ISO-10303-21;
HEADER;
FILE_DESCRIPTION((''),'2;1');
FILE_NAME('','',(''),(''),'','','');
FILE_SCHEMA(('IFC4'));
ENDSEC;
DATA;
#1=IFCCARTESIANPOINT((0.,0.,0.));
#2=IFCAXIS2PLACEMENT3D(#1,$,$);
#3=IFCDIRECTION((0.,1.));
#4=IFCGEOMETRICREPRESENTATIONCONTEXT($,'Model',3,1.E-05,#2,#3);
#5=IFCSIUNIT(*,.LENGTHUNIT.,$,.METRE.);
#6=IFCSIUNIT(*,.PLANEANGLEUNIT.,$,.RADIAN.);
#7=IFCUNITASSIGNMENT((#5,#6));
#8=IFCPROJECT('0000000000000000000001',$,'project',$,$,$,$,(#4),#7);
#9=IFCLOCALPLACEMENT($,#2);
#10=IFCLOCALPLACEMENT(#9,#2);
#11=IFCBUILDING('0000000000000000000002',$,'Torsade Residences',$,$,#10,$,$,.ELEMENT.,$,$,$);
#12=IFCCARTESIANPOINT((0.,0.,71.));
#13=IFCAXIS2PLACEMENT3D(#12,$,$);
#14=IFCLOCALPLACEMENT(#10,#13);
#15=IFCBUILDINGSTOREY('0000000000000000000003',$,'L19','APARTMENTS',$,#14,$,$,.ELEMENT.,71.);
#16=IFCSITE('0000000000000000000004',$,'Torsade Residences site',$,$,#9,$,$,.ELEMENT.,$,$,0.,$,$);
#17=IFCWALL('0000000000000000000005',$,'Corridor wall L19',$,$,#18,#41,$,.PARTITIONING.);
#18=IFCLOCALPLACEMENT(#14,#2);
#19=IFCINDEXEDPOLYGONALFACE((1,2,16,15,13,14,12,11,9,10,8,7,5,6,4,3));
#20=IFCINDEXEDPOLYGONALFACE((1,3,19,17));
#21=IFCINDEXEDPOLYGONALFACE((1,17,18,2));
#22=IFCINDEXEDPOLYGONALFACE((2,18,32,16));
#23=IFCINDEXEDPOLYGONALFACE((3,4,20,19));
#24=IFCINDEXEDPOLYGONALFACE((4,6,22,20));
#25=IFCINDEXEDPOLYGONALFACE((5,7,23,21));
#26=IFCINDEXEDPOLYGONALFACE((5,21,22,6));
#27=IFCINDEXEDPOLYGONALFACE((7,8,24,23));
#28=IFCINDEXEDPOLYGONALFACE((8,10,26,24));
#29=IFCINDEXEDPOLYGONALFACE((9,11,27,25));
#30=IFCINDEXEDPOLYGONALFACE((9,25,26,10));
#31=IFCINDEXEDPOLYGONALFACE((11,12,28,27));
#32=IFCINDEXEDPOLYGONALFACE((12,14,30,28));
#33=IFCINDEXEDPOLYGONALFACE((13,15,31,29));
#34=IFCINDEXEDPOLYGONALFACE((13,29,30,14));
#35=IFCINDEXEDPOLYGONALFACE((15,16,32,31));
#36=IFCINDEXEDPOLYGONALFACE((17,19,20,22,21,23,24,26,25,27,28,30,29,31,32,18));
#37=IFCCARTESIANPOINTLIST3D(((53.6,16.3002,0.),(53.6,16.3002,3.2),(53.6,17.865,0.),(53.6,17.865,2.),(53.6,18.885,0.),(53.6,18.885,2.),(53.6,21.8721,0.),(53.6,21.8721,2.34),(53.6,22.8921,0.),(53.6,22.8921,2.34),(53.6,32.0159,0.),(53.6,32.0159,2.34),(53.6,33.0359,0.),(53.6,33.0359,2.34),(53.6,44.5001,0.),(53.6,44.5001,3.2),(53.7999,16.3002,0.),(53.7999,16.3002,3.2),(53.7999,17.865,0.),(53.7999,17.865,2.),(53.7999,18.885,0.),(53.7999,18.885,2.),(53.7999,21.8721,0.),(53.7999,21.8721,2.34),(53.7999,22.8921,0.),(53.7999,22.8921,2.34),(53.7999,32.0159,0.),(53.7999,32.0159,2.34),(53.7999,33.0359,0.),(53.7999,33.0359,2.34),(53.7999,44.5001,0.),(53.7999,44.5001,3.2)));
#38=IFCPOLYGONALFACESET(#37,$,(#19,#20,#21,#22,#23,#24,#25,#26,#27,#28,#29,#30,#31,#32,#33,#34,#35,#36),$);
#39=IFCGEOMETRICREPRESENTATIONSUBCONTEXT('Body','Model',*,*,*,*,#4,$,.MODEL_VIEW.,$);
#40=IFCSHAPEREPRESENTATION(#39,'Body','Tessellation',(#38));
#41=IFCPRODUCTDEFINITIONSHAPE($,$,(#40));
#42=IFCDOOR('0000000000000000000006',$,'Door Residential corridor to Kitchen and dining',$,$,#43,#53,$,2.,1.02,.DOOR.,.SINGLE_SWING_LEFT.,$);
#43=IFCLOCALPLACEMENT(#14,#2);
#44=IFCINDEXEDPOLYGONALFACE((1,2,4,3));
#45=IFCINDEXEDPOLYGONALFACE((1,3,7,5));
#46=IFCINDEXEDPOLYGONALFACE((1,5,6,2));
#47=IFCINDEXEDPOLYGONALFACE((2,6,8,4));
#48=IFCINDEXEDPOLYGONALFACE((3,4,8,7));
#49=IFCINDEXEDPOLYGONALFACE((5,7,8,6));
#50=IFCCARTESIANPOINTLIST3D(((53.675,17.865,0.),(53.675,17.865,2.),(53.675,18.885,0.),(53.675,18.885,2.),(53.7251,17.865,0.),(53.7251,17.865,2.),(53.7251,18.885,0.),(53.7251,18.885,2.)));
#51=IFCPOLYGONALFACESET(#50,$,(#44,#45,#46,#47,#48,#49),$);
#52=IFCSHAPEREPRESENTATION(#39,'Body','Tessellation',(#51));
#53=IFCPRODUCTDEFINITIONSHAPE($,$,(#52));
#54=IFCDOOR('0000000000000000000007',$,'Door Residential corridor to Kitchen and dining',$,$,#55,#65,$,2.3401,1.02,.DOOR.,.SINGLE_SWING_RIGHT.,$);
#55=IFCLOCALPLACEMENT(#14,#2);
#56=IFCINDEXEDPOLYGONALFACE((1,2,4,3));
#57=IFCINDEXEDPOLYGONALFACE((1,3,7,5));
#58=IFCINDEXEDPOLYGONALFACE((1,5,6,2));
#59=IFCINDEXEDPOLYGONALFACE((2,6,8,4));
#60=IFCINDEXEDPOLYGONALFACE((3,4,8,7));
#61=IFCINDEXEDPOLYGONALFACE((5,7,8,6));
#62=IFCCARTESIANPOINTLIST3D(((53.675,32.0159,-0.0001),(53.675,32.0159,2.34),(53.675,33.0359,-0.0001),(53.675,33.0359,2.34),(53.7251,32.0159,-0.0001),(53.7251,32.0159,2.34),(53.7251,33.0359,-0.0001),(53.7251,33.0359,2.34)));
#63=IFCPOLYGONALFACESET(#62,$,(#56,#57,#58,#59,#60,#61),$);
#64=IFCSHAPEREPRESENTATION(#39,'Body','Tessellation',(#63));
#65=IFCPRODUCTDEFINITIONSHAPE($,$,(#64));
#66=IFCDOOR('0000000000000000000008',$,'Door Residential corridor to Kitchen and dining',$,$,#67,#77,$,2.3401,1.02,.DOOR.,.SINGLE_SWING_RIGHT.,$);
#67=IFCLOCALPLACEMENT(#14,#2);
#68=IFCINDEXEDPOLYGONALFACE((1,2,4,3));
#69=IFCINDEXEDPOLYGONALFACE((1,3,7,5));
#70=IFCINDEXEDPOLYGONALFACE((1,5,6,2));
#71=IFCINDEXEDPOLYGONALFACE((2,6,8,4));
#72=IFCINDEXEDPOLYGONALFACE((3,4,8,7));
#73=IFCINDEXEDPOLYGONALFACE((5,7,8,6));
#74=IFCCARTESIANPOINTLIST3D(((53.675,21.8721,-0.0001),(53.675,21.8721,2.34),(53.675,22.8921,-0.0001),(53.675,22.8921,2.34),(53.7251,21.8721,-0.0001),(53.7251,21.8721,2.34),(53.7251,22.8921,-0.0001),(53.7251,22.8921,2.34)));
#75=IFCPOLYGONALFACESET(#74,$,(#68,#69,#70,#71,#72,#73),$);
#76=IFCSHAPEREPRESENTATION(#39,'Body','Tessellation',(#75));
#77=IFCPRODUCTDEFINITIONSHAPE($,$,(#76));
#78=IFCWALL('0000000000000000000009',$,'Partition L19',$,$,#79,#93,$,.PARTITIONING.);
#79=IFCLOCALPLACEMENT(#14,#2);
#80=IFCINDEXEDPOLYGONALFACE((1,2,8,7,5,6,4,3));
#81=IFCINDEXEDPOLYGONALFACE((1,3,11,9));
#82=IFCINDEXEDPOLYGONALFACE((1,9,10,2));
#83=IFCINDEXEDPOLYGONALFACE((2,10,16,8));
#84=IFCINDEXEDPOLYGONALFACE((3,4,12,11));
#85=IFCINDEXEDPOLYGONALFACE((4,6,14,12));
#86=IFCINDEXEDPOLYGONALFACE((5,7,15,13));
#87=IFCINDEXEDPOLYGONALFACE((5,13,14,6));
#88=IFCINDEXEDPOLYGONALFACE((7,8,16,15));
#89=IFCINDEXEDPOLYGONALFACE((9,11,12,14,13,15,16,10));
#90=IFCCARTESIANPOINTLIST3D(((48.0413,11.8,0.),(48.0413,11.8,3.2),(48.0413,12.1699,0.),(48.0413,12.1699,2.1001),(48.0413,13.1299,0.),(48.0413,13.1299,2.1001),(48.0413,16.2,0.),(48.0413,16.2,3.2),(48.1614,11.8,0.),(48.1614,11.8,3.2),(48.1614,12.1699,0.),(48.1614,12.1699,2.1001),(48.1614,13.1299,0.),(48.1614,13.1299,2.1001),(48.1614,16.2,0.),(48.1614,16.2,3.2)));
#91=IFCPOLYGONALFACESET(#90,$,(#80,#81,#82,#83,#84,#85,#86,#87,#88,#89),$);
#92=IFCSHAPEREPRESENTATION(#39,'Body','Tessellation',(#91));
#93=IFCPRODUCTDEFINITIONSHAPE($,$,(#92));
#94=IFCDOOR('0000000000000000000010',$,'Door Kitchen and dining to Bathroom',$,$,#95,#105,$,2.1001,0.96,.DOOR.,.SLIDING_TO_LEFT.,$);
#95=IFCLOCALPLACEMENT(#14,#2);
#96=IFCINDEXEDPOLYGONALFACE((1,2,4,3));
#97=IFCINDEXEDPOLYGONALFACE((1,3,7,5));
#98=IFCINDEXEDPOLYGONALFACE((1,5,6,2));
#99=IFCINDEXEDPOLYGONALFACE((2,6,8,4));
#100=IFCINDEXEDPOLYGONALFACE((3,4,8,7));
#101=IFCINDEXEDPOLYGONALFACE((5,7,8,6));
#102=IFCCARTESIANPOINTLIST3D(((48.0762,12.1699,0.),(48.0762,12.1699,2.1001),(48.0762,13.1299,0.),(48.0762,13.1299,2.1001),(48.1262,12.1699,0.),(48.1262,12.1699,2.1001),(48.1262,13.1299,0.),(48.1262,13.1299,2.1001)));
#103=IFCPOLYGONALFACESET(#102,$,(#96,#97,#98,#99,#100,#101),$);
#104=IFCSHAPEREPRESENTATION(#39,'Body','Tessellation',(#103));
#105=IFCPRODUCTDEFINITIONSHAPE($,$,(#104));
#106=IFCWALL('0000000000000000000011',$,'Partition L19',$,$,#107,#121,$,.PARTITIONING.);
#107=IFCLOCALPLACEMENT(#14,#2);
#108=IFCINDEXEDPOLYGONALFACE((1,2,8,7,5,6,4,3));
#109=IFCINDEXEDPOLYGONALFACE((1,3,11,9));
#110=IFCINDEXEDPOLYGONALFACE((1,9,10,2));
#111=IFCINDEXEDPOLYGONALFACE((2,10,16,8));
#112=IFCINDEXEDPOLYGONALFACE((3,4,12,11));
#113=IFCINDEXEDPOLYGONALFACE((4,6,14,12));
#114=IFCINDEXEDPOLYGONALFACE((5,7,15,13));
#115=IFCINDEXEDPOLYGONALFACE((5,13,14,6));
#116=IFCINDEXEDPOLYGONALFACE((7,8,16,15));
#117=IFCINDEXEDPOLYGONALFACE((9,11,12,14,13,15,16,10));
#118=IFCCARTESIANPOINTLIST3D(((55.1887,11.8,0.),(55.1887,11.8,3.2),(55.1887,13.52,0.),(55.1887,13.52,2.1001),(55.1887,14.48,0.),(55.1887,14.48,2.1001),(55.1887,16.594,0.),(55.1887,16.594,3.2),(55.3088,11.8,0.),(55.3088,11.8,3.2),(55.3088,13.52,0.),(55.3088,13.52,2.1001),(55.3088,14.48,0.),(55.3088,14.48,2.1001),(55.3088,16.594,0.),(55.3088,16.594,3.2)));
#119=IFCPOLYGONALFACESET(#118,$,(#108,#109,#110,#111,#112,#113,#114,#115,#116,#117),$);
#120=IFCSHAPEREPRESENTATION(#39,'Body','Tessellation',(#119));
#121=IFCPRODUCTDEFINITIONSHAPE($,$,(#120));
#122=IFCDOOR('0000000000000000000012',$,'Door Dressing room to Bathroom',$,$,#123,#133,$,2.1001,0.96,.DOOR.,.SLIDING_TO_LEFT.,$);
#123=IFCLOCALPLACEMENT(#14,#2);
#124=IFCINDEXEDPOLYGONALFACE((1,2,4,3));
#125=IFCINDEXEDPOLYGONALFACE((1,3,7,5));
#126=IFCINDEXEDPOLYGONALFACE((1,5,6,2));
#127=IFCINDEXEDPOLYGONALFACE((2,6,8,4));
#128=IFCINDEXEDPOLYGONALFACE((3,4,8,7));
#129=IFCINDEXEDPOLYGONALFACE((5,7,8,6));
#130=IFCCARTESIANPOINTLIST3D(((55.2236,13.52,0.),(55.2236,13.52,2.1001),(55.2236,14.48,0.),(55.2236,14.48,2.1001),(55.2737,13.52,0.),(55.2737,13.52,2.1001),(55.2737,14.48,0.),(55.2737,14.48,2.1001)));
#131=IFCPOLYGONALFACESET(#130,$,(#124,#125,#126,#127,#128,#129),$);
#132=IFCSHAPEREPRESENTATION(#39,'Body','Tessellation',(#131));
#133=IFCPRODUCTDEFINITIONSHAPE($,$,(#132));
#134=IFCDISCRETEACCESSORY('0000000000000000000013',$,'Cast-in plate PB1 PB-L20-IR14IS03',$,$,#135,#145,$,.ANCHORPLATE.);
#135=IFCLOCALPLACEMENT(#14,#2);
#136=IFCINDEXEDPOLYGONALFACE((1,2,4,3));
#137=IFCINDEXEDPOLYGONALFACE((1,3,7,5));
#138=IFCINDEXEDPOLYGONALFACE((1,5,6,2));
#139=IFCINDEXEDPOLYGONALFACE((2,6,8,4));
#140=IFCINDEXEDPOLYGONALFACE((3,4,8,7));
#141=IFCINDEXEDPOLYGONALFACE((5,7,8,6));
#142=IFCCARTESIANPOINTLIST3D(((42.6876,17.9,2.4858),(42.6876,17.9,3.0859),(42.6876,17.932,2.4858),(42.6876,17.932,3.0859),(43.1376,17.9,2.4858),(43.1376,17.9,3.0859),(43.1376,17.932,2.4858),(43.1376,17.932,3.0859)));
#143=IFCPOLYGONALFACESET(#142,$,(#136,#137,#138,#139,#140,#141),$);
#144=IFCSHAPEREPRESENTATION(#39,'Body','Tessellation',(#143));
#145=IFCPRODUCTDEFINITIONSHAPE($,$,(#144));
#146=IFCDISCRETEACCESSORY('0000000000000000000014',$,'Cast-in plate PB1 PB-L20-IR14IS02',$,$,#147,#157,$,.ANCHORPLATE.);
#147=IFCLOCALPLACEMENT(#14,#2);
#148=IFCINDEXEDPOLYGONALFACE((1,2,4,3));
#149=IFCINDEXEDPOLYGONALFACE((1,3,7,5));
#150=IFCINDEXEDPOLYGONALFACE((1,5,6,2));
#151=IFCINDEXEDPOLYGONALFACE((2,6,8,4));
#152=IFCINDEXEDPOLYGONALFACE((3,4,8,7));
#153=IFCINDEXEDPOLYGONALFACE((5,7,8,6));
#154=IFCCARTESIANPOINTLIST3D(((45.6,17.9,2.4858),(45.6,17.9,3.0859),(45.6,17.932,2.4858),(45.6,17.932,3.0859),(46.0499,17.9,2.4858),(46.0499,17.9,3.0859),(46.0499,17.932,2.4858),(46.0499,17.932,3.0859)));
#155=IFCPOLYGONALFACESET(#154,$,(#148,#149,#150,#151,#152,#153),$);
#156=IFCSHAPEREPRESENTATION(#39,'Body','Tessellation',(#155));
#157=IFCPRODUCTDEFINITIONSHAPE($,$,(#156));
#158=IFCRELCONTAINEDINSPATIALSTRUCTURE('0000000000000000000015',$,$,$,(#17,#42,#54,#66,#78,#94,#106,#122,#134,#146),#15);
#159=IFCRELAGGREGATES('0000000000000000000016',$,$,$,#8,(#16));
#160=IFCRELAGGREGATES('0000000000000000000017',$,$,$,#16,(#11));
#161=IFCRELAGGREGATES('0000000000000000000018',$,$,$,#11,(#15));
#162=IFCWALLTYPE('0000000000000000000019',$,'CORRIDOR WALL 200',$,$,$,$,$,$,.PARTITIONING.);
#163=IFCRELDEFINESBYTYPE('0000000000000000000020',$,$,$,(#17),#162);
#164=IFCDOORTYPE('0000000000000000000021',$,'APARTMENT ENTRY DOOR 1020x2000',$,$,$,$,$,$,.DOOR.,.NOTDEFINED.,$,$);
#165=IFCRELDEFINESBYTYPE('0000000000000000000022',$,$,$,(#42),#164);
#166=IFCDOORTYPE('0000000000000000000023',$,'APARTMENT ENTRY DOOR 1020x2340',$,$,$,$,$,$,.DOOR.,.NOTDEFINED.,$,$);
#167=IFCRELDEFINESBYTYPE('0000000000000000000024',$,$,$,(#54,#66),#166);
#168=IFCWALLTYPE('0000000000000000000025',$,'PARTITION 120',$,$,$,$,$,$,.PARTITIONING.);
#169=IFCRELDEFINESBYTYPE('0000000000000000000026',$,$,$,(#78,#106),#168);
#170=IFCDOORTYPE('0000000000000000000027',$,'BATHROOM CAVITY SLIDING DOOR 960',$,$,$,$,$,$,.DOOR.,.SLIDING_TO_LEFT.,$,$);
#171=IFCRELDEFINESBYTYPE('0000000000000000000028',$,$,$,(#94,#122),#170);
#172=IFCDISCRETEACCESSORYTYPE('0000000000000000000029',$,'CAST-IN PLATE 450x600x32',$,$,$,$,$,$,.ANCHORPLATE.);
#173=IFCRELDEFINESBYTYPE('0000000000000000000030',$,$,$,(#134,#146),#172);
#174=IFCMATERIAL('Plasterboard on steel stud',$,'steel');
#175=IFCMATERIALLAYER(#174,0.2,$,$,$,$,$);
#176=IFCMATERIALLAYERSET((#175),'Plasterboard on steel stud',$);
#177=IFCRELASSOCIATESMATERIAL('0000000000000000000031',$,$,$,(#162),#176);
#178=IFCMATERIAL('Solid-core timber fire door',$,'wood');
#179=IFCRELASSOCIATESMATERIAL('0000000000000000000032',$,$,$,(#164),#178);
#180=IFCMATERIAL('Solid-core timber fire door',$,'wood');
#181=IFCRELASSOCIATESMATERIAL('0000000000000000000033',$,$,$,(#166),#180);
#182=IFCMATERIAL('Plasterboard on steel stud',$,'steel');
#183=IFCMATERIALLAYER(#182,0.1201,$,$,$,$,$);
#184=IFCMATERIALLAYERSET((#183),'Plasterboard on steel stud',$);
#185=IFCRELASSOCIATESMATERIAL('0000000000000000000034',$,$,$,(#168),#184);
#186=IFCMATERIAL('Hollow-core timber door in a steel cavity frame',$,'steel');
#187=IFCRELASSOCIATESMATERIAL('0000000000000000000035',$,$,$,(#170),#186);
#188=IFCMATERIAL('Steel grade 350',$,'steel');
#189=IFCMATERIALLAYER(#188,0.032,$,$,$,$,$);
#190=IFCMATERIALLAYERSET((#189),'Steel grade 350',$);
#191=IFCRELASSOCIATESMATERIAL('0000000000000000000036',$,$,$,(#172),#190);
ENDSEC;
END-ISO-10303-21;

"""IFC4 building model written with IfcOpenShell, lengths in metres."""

from ifc_helpers import new_model, si_unit, direction, frame, frame_2d, origin, origin_2d, place, context, subcontext, project, spatial, rectangle, extrude, material, layer, layer_set, type_object, element, fill, save


model = new_model("IFC4")

# Units and contexts
model_context = context("Model", 3, precision=1e-05, world=origin(), true_north=direction((0.0, 1.0)))
body_context = subcontext(model_context, "Body", "Model", "MODEL_VIEW")
ifc_project = project(units=[si_unit("LENGTHUNIT", "METRE"), si_unit("PLANEANGLEUNIT", "RADIAN")], contexts=[model_context])

# Site, building, storey
site_placement = place(None, origin())
site = spatial("IfcSite", under=ifc_project, at=site_placement, Name="Torsade Residences site", CompositionType="ELEMENT", RefElevation=0.0)
building_placement = place(site_placement, origin())
building = spatial("IfcBuilding", under=site, at=building_placement, Name="Torsade Residences", CompositionType="ELEMENT")
storey_placement = place(building_placement, frame((0.0, 0.0, 71.0)))
storey = spatial("IfcBuildingStorey", under=building, at=storey_placement, Name="L19", Description="APARTMENTS", CompositionType="ELEMENT", Elevation=71.0)

# Wall, openings, doors
ifc_material_1 = material(Name="Plasterboard on steel stud", Category="steel")
ifc_layer_1 = layer(ifc_material_1, 0.2)
ifc_layer_set_1 = layer_set([ifc_layer_1], Name="Plasterboard on steel stud")
wall_type_1 = type_object("IfcWallType", Name="CORRIDOR WALL 200", PredefinedType="PARTITIONING", material=ifc_layer_set_1)
wall_1_placement = place(storey_placement, frame((53.7, 16.3, 0.0), z_axis=(0.0, 0.0, 1.0), x_axis=(0.0, 1.0, 0.0)))
wall_1 = element("IfcWall", 1, at=wall_1_placement, inside=storey, type_object=wall_type_1, Name="Corridor wall L19", PredefinedType="PARTITIONING", context=body_context, shape_type="SweptSolid", body=[
    extrude(rectangle(XDim=28.2, YDim=0.2, at=frame_2d((14.1001, 0.0))), origin(), (0.0, 0.0, 1.0), 3.2),
])
opening_1_placement = place(wall_1_placement, frame((15.7158, 0.0, 0.0)))
opening_1 = element("IfcOpeningElement", 2, at=opening_1_placement, cuts=wall_1, PredefinedType="OPENING", context=body_context, shape_type="SweptSolid", body=[
    extrude(rectangle(XDim=1.02, YDim=2.3401, at=frame_2d((0.51, 1.1699))), frame((0.0, 0.1099, 0.0), z_axis=(0.0, -1.0, 0.0), x_axis=(1.0, 0.0, 0.0)), (0.0, 0.0, 1.0), 0.22),
])
opening_2_placement = place(wall_1_placement, frame((5.572, 0.0, 0.0)))
opening_2 = element("IfcOpeningElement", 3, at=opening_2_placement, cuts=wall_1, PredefinedType="OPENING", context=body_context, shape_type="SweptSolid", body=[
    extrude(rectangle(XDim=1.02, YDim=2.3401, at=frame_2d((0.51, 1.1699))), frame((0.0, 0.1099, 0.0), z_axis=(0.0, -1.0, 0.0), x_axis=(1.0, 0.0, 0.0)), (0.0, 0.0, 1.0), 0.22),
])
opening_3_placement = place(wall_1_placement, frame((1.5649, 0.0, 0.0)))
opening_3 = element("IfcOpeningElement", 4, at=opening_3_placement, cuts=wall_1, PredefinedType="OPENING", context=body_context, shape_type="SweptSolid", body=[
    extrude(rectangle(XDim=1.02, YDim=2.0, at=frame_2d((0.51, 1.0))), frame((0.0, 0.1099, 0.0), z_axis=(0.0, -1.0, 0.0), x_axis=(1.0, 0.0, 0.0)), (0.0, 0.0, 1.0), 0.22),
])
ifc_material_2 = material(Name="Solid-core timber fire door", Category="wood")
door_type_1 = type_object("IfcDoorType", Name="APARTMENT ENTRY DOOR 1020x2000", OperationType="NOTDEFINED", PredefinedType="DOOR", material=ifc_material_2)
door_1_placement = place(opening_3_placement, origin())
door_1 = element("IfcDoor", 5, at=door_1_placement, inside=storey, type_object=door_type_1, Name="Door Residential corridor to Kitchen and dining", OperationType="SINGLE_SWING_LEFT", OverallHeight=2.0, OverallWidth=1.02, PredefinedType="DOOR", context=body_context, shape_type="SweptSolid", body=[
    extrude(rectangle(XDim=1.02, YDim=2.0, at=frame_2d((0.51, 1.0))), frame((0.0, 0.0249, 0.0), z_axis=(0.0, -1.0, 0.0), x_axis=(1.0, 0.0, 0.0)), (0.0, 0.0, 1.0), 0.05),
])
fill(opening_3, door_1)
ifc_material_3 = material(Name="Solid-core timber fire door", Category="wood")
door_type_2 = type_object("IfcDoorType", Name="APARTMENT ENTRY DOOR 1020x2340", OperationType="NOTDEFINED", PredefinedType="DOOR", material=ifc_material_3)
door_2_placement = place(opening_1_placement, origin())
door_2 = element("IfcDoor", 6, at=door_2_placement, inside=storey, type_object=door_type_2, Name="Door Residential corridor to Kitchen and dining", OperationType="SINGLE_SWING_RIGHT", OverallHeight=2.3401, OverallWidth=1.02, PredefinedType="DOOR", context=body_context, shape_type="SweptSolid", body=[
    extrude(rectangle(XDim=1.02, YDim=2.3401, at=frame_2d((0.51, 1.1699))), frame((0.0, 0.0249, 0.0), z_axis=(0.0, -1.0, 0.0), x_axis=(1.0, 0.0, 0.0)), (0.0, 0.0, 1.0), 0.05),
])
fill(opening_1, door_2)
door_3_placement = place(opening_2_placement, origin())
door_3 = element("IfcDoor", 7, at=door_3_placement, inside=storey, type_object=door_type_2, Name="Door Residential corridor to Kitchen and dining", OperationType="SINGLE_SWING_RIGHT", OverallHeight=2.3401, OverallWidth=1.02, PredefinedType="DOOR", context=body_context, shape_type="SweptSolid", body=[
    extrude(rectangle(XDim=1.02, YDim=2.3401, at=frame_2d((0.51, 1.1699))), frame((0.0, 0.0249, 0.0), z_axis=(0.0, -1.0, 0.0), x_axis=(1.0, 0.0, 0.0)), (0.0, 0.0, 1.0), 0.05),
])
fill(opening_2, door_3)

# Walls, openings, doors
ifc_material_4 = material(Name="Plasterboard on steel stud", Category="steel")
ifc_layer_2 = layer(ifc_material_4, 0.1201)
ifc_layer_set_2 = layer_set([ifc_layer_2], Name="Plasterboard on steel stud")
wall_type_2 = type_object("IfcWallType", Name="PARTITION 120", PredefinedType="PARTITIONING", material=ifc_layer_set_2)
wall_2_placement = place(storey_placement, frame((48.1013, 16.2, 0.0), z_axis=(0.0, 0.0, 1.0), x_axis=(0.0, -1.0, 0.0)))
wall_2 = element("IfcWall", 8, at=wall_2_placement, inside=storey, type_object=wall_type_2, Name="Partition L19", PredefinedType="PARTITIONING", context=body_context, shape_type="SweptSolid", body=[
    extrude(rectangle(XDim=4.3999, YDim=0.1201, at=frame_2d((2.2, 0.0))), origin(), (0.0, 0.0, 1.0), 3.2),
])
opening_4_placement = place(wall_2_placement, frame((3.0701, 0.0, 0.0)))
opening_4 = element("IfcOpeningElement", 9, at=opening_4_placement, cuts=wall_2, PredefinedType="OPENING", context=body_context, shape_type="SweptSolid", body=[
    extrude(rectangle(XDim=0.96, YDim=2.1001, at=frame_2d((0.48, 1.05))), frame((0.0, 0.0701, 0.0), z_axis=(0.0, -1.0, 0.0), x_axis=(1.0, 0.0, 0.0)), (0.0, 0.0, 1.0), 0.1401),
])
ifc_material_5 = material(Name="Hollow-core timber door in a steel cavity frame", Category="steel")
door_type_3 = type_object("IfcDoorType", Name="BATHROOM CAVITY SLIDING DOOR 960", OperationType="SLIDING_TO_LEFT", PredefinedType="DOOR", material=ifc_material_5)
door_4_placement = place(opening_4_placement, origin())
door_4 = element("IfcDoor", 10, at=door_4_placement, inside=storey, type_object=door_type_3, Name="Door Kitchen and dining to Bathroom", OperationType="SLIDING_TO_LEFT", OverallHeight=2.1001, OverallWidth=0.96, PredefinedType="DOOR", context=body_context, shape_type="SweptSolid", body=[
    extrude(rectangle(XDim=0.96, YDim=2.1001, at=frame_2d((0.48, 1.05))), frame((0.0, 0.0249, 0.0), z_axis=(0.0, -1.0, 0.0), x_axis=(1.0, 0.0, 0.0)), (0.0, 0.0, 1.0), 0.05),
])
fill(opening_4, door_4)
wall_3_placement = place(storey_placement, frame((55.2488, 16.594, 0.0), z_axis=(0.0, 0.0, 1.0), x_axis=(0.0, -1.0, 0.0)))
wall_3 = element("IfcWall", 11, at=wall_3_placement, inside=storey, type_object=wall_type_2, Name="Partition L19", PredefinedType="PARTITIONING", context=body_context, shape_type="SweptSolid", body=[
    extrude(rectangle(XDim=4.7939, YDim=0.1201, at=frame_2d((2.397, 0.0))), origin(), (0.0, 0.0, 1.0), 3.2),
])
opening_5_placement = place(wall_3_placement, frame((2.114, 0.0, 0.0)))
opening_5 = element("IfcOpeningElement", 12, at=opening_5_placement, cuts=wall_3, PredefinedType="OPENING", context=body_context, shape_type="SweptSolid", body=[
    extrude(rectangle(XDim=0.96, YDim=2.1001, at=frame_2d((0.48, 1.05))), frame((0.0, 0.0701, 0.0), z_axis=(0.0, -1.0, 0.0), x_axis=(1.0, 0.0, 0.0)), (0.0, 0.0, 1.0), 0.1401),
])
door_5_placement = place(opening_5_placement, origin())
door_5 = element("IfcDoor", 13, at=door_5_placement, inside=storey, type_object=door_type_3, Name="Door Dressing room to Bathroom", OperationType="SLIDING_TO_LEFT", OverallHeight=2.1001, OverallWidth=0.96, PredefinedType="DOOR", context=body_context, shape_type="SweptSolid", body=[
    extrude(rectangle(XDim=0.96, YDim=2.1001, at=frame_2d((0.48, 1.05))), frame((0.0, 0.0249, 0.0), z_axis=(0.0, -1.0, 0.0), x_axis=(1.0, 0.0, 0.0)), (0.0, 0.0, 1.0), 0.05),
])
fill(opening_5, door_5)

# Discrete accessories
ifc_material_6 = material(Name="Steel grade 350", Category="steel")
ifc_layer_3 = layer(ifc_material_6, 0.032)
ifc_layer_set_3 = layer_set([ifc_layer_3], Name="Steel grade 350")
discrete_accessory_type = type_object("IfcDiscreteAccessoryType", Name="CAST-IN PLATE 450x600x32", PredefinedType="ANCHORPLATE", material=ifc_layer_set_3)
for number, where, z_axis, x_axis, name in (
    (14, (42.9126, 17.916, 2.4858), (0.0, 0.0, 1.0), (1.0, 0.0, 0.0), "Cast-in plate PB1 PB-L20-IR14IS03"),
    (15, (45.825, 17.916, 2.4858), (0.0, 0.0, 1.0), (1.0, 0.0, 0.0), "Cast-in plate PB1 PB-L20-IR14IS02"),
):
    element("IfcDiscreteAccessory", number, at=place(storey_placement, frame(where, z_axis=z_axis, x_axis=x_axis)), inside=storey, type_object=discrete_accessory_type, Name=name, PredefinedType="ANCHORPLATE", context=body_context, shape_type="SweptSolid", body=[
        extrude(rectangle(XDim=0.45, YDim=0.032, at=origin_2d()), origin(), (0.0, 0.0, 1.0), 0.6001),
    ])

save(model, "model.ifc")
